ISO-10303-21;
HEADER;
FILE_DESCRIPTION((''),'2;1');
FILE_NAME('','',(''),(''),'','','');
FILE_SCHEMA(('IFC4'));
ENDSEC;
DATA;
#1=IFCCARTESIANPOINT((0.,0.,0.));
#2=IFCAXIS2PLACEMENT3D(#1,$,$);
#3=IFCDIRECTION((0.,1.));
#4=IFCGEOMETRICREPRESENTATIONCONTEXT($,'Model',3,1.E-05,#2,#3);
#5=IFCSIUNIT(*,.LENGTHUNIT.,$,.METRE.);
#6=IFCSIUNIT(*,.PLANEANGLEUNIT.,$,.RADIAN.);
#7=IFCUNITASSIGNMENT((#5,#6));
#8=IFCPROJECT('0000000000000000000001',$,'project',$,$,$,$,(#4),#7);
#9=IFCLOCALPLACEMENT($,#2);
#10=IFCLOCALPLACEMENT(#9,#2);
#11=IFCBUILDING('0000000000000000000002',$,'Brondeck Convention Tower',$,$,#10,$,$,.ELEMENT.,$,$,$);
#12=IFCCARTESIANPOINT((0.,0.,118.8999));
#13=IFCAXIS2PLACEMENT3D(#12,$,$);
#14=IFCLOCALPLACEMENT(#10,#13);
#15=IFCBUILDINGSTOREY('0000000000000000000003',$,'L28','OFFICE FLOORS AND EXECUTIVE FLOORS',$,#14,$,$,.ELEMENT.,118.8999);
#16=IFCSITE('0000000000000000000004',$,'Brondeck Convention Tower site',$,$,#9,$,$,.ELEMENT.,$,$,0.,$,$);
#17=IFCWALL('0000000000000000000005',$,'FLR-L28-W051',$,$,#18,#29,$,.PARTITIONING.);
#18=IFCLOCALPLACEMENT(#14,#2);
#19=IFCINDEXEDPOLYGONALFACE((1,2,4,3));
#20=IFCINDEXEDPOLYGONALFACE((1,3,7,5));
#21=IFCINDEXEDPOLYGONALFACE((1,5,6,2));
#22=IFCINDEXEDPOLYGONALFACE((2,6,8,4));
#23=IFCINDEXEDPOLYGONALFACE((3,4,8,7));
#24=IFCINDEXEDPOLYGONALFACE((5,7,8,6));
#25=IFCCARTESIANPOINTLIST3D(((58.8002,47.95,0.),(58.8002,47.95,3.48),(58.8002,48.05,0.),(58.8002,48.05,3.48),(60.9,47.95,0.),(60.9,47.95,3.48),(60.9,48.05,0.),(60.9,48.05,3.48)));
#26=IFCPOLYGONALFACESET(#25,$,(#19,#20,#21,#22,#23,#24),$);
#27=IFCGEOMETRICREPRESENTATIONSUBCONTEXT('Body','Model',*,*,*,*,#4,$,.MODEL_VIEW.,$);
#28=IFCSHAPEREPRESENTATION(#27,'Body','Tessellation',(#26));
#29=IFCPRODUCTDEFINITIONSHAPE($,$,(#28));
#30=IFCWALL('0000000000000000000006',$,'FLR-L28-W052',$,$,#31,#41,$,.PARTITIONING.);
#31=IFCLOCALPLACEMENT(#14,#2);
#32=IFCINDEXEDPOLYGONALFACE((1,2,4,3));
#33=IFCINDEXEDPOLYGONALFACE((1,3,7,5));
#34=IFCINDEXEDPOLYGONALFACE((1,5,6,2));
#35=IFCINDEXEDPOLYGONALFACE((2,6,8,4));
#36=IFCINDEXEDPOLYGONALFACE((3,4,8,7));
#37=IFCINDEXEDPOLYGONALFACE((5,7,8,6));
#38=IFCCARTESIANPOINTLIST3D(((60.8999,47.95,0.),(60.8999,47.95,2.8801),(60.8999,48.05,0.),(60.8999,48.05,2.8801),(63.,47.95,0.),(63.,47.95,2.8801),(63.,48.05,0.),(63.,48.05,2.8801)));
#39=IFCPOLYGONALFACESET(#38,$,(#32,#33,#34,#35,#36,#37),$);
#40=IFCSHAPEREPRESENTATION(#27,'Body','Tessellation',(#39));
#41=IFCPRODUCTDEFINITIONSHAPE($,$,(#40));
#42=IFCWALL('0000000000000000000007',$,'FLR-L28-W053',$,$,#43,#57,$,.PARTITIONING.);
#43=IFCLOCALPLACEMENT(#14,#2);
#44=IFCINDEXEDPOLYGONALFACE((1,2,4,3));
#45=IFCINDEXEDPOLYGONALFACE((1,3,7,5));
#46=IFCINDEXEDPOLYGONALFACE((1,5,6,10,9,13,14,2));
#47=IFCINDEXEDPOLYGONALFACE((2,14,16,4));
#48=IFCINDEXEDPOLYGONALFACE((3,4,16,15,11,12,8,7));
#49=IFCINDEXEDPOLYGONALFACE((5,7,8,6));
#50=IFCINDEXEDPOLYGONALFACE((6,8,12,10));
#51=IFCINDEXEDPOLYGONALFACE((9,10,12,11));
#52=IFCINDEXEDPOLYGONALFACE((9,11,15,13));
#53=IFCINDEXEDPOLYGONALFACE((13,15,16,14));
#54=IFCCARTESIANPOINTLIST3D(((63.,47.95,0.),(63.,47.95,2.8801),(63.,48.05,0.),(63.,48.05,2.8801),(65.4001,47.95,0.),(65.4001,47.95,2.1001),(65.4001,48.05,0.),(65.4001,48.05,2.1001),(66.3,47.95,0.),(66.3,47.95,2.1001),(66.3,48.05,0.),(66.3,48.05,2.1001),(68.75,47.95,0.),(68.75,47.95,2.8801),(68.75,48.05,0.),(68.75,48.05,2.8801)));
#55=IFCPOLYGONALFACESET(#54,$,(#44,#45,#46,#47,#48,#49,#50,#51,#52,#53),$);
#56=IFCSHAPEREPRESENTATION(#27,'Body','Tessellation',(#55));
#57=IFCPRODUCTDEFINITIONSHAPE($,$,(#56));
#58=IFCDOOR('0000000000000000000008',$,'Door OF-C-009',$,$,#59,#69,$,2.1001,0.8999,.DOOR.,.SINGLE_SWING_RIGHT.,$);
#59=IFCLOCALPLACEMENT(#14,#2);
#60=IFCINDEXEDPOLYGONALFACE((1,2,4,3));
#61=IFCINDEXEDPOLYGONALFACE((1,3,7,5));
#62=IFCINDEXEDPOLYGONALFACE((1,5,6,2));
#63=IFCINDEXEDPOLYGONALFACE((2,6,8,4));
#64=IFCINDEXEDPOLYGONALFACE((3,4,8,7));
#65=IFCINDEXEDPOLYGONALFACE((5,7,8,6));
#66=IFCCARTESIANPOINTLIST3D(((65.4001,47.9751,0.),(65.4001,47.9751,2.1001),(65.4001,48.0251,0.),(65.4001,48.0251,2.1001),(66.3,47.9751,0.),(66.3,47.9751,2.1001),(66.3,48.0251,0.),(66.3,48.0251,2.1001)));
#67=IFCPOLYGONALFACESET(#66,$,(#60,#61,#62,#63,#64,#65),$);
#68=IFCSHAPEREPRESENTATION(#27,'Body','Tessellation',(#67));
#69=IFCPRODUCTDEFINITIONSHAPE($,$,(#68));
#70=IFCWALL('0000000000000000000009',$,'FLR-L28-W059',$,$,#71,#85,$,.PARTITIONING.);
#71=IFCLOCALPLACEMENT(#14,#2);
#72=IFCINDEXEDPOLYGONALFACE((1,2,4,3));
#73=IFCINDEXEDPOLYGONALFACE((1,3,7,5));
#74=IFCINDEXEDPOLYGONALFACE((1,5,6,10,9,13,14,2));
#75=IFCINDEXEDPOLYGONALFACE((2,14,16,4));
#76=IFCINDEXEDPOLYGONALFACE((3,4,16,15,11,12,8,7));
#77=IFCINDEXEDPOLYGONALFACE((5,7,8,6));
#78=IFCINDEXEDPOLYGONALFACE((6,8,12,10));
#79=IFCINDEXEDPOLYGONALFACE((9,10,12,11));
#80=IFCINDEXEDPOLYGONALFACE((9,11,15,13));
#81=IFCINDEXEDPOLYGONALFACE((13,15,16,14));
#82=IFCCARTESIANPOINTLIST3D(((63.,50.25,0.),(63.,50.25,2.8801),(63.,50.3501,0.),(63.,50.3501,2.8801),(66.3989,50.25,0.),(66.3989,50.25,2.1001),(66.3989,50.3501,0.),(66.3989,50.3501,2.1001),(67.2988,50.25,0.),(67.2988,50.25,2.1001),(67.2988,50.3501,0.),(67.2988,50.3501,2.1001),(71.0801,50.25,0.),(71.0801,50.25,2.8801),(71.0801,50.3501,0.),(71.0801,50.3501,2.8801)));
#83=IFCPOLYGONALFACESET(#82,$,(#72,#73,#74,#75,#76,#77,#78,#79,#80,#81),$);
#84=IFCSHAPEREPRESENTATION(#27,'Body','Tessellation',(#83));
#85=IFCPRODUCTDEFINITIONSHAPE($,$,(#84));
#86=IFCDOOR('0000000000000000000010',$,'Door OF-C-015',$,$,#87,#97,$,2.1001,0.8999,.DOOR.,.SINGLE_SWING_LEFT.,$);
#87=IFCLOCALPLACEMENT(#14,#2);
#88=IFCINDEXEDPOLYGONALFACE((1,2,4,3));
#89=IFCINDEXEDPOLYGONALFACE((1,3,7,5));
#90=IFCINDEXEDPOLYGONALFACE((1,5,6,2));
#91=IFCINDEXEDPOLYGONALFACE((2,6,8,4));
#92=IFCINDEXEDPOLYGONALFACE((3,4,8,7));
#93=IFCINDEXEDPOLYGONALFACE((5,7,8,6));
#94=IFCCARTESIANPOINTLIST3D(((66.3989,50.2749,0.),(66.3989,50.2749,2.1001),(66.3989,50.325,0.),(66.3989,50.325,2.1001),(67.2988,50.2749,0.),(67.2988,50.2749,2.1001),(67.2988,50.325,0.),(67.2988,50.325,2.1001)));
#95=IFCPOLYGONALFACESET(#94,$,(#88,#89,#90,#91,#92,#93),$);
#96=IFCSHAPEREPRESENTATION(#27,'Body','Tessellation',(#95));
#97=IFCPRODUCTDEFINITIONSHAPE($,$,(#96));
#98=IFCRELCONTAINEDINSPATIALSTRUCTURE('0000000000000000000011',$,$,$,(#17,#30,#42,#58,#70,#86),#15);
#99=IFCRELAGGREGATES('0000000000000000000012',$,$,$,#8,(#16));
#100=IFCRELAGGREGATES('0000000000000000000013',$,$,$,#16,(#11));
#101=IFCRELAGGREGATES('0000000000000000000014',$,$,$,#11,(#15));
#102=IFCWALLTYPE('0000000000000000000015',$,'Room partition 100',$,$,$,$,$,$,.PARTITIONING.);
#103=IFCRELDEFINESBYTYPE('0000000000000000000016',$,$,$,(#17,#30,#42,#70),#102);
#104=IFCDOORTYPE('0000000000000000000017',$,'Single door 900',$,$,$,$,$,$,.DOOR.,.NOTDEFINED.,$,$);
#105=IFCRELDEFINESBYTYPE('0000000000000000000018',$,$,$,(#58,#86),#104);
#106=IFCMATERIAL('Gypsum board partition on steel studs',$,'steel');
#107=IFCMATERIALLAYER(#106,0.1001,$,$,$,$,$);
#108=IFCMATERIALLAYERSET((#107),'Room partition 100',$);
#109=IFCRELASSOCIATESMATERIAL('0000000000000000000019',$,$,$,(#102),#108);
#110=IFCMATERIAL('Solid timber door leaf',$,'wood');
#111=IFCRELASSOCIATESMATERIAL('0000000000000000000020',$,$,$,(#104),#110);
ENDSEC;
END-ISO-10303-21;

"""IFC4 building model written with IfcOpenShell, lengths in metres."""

from ifc_helpers import new_model, si_unit, direction, frame, frame_2d, origin, place, context, subcontext, project, spatial, rectangle, extrude, material, layer, layer_set, type_object, element, fill, save


model = new_model("IFC4")

# Units and contexts
model_context = context("Model", 3, precision=1e-05, world=origin(), true_north=direction((0.0, 1.0)))
body_context = subcontext(model_context, "Body", "Model", "MODEL_VIEW")
ifc_project = project(units=[si_unit("LENGTHUNIT", "METRE"), si_unit("PLANEANGLEUNIT", "RADIAN")], contexts=[model_context])

# Site, building, storey
site_placement = place(None, origin())
site = spatial("IfcSite", under=ifc_project, at=site_placement, Name="Brondeck Convention Tower site", CompositionType="ELEMENT", RefElevation=0.0)
building_placement = place(site_placement, origin())
building = spatial("IfcBuilding", under=site, at=building_placement, Name="Brondeck Convention Tower", CompositionType="ELEMENT")
storey_placement = place(building_placement, frame((0.0, 0.0, 118.8999)))
storey = spatial("IfcBuildingStorey", under=building, at=storey_placement, Name="L28", Description="OFFICE FLOORS AND EXECUTIVE FLOORS", CompositionType="ELEMENT", Elevation=118.8999)

# Walls
ifc_material_1 = material(Name="Gypsum board partition on steel studs", Category="steel")
ifc_layer = layer(ifc_material_1, 0.1001)
ifc_layer_set = layer_set([ifc_layer], Name="Room partition 100")
wall_type = type_object("IfcWallType", Name="Room partition 100", PredefinedType="PARTITIONING", material=ifc_layer_set)
wall_1_placement = place(storey_placement, frame((60.8999, 48.0, 0.0), z_axis=(0.0, 0.0, 1.0), x_axis=(-1.0, 0.0, 0.0)))
element("IfcWall", 1, at=wall_1_placement, inside=storey, type_object=wall_type, Name="FLR-L28-W051", PredefinedType="PARTITIONING", context=body_context, shape_type="SweptSolid", body=[
    extrude(rectangle(XDim=2.0999, YDim=0.1001, at=frame_2d((1.0498, 0.0))), origin(), (0.0, 0.0, 1.0), 3.48),
])
wall_2_placement = place(storey_placement, frame((63.0, 48.0, 0.0), z_axis=(0.0, 0.0, 1.0), x_axis=(-1.0, 0.0, 0.0)))
element("IfcWall", 2, at=wall_2_placement, inside=storey, type_object=wall_type, Name="FLR-L28-W052", PredefinedType="PARTITIONING", context=body_context, shape_type="SweptSolid", body=[
    extrude(rectangle(XDim=2.1001, YDim=0.1001, at=frame_2d((1.05, 0.0))), origin(), (0.0, 0.0, 1.0), 2.8801),
])

# Walls, openings, doors
wall_3_placement = place(storey_placement, frame((68.75, 48.0, 0.0), z_axis=(0.0, 0.0, 1.0), x_axis=(-1.0, 0.0, 0.0)))
wall_3 = element("IfcWall", 3, at=wall_3_placement, inside=storey, type_object=wall_type, Name="FLR-L28-W053", PredefinedType="PARTITIONING", context=body_context, shape_type="SweptSolid", body=[
    extrude(rectangle(XDim=5.75, YDim=0.1001, at=frame_2d((2.875, 0.0))), origin(), (0.0, 0.0, 1.0), 2.8801),
])
opening_1_placement = place(wall_3_placement, frame((2.45, 0.0, 0.0)))
opening_1 = element("IfcOpeningElement", 4, at=opening_1_placement, cuts=wall_3, PredefinedType="OPENING", context=body_context, shape_type="SweptSolid", body=[
    extrude(rectangle(XDim=0.8999, YDim=2.1001, at=frame_2d((0.45, 1.05))), frame((0.0, 0.0601, 0.0), z_axis=(0.0, -1.0, 0.0), x_axis=(1.0, 0.0, 0.0)), (0.0, 0.0, 1.0), 0.1201),
])
ifc_material_2 = material(Name="Solid timber door leaf", Category="wood")
door_type = type_object("IfcDoorType", Name="Single door 900", OperationType="NOTDEFINED", PredefinedType="DOOR", material=ifc_material_2)
door_1_placement = place(opening_1_placement, origin())
door_1 = element("IfcDoor", 5, at=door_1_placement, inside=storey, type_object=door_type, Name="Door OF-C-009", OperationType="SINGLE_SWING_RIGHT", OverallHeight=2.1001, OverallWidth=0.8999, PredefinedType="DOOR", context=body_context, shape_type="SweptSolid", body=[
    extrude(rectangle(XDim=0.8999, YDim=2.1001, at=frame_2d((0.45, 1.05))), frame((0.0, 0.0249, 0.0), z_axis=(0.0, -1.0, 0.0), x_axis=(1.0, 0.0, 0.0)), (0.0, 0.0, 1.0), 0.05),
])
fill(opening_1, door_1)
wall_4_placement = place(storey_placement, frame((63.0, 50.3, 0.0), z_axis=(0.0, 0.0, 1.0), x_axis=(1.0, 0.0, 0.0)))
wall_4 = element("IfcWall", 6, at=wall_4_placement, inside=storey, type_object=wall_type, Name="FLR-L28-W059", PredefinedType="PARTITIONING", context=body_context, shape_type="SweptSolid", body=[
    extrude(rectangle(XDim=8.0801, YDim=0.1001, at=frame_2d((4.04, 0.0))), origin(), (0.0, 0.0, 1.0), 2.8801),
])
opening_2_placement = place(wall_4_placement, frame((3.3989, 0.0, 0.0)))
opening_2 = element("IfcOpeningElement", 7, at=opening_2_placement, cuts=wall_4, PredefinedType="OPENING", context=body_context, shape_type="SweptSolid", body=[
    extrude(rectangle(XDim=0.8999, YDim=2.1001, at=frame_2d((0.45, 1.05))), frame((0.0, 0.0601, 0.0), z_axis=(0.0, -1.0, 0.0), x_axis=(1.0, 0.0, 0.0)), (0.0, 0.0, 1.0), 0.1201),
])
door_2_placement = place(opening_2_placement, origin())
door_2 = element("IfcDoor", 8, at=door_2_placement, inside=storey, type_object=door_type, Name="Door OF-C-015", OperationType="SINGLE_SWING_LEFT", OverallHeight=2.1001, OverallWidth=0.8999, PredefinedType="DOOR", context=body_context, shape_type="SweptSolid", body=[
    extrude(rectangle(XDim=0.8999, YDim=2.1001, at=frame_2d((0.45, 1.05))), frame((0.0, 0.0249, 0.0), z_axis=(0.0, -1.0, 0.0), x_axis=(1.0, 0.0, 0.0)), (0.0, 0.0, 1.0), 0.05),
])
fill(opening_2, door_2)

save(model, "model.ifc")
